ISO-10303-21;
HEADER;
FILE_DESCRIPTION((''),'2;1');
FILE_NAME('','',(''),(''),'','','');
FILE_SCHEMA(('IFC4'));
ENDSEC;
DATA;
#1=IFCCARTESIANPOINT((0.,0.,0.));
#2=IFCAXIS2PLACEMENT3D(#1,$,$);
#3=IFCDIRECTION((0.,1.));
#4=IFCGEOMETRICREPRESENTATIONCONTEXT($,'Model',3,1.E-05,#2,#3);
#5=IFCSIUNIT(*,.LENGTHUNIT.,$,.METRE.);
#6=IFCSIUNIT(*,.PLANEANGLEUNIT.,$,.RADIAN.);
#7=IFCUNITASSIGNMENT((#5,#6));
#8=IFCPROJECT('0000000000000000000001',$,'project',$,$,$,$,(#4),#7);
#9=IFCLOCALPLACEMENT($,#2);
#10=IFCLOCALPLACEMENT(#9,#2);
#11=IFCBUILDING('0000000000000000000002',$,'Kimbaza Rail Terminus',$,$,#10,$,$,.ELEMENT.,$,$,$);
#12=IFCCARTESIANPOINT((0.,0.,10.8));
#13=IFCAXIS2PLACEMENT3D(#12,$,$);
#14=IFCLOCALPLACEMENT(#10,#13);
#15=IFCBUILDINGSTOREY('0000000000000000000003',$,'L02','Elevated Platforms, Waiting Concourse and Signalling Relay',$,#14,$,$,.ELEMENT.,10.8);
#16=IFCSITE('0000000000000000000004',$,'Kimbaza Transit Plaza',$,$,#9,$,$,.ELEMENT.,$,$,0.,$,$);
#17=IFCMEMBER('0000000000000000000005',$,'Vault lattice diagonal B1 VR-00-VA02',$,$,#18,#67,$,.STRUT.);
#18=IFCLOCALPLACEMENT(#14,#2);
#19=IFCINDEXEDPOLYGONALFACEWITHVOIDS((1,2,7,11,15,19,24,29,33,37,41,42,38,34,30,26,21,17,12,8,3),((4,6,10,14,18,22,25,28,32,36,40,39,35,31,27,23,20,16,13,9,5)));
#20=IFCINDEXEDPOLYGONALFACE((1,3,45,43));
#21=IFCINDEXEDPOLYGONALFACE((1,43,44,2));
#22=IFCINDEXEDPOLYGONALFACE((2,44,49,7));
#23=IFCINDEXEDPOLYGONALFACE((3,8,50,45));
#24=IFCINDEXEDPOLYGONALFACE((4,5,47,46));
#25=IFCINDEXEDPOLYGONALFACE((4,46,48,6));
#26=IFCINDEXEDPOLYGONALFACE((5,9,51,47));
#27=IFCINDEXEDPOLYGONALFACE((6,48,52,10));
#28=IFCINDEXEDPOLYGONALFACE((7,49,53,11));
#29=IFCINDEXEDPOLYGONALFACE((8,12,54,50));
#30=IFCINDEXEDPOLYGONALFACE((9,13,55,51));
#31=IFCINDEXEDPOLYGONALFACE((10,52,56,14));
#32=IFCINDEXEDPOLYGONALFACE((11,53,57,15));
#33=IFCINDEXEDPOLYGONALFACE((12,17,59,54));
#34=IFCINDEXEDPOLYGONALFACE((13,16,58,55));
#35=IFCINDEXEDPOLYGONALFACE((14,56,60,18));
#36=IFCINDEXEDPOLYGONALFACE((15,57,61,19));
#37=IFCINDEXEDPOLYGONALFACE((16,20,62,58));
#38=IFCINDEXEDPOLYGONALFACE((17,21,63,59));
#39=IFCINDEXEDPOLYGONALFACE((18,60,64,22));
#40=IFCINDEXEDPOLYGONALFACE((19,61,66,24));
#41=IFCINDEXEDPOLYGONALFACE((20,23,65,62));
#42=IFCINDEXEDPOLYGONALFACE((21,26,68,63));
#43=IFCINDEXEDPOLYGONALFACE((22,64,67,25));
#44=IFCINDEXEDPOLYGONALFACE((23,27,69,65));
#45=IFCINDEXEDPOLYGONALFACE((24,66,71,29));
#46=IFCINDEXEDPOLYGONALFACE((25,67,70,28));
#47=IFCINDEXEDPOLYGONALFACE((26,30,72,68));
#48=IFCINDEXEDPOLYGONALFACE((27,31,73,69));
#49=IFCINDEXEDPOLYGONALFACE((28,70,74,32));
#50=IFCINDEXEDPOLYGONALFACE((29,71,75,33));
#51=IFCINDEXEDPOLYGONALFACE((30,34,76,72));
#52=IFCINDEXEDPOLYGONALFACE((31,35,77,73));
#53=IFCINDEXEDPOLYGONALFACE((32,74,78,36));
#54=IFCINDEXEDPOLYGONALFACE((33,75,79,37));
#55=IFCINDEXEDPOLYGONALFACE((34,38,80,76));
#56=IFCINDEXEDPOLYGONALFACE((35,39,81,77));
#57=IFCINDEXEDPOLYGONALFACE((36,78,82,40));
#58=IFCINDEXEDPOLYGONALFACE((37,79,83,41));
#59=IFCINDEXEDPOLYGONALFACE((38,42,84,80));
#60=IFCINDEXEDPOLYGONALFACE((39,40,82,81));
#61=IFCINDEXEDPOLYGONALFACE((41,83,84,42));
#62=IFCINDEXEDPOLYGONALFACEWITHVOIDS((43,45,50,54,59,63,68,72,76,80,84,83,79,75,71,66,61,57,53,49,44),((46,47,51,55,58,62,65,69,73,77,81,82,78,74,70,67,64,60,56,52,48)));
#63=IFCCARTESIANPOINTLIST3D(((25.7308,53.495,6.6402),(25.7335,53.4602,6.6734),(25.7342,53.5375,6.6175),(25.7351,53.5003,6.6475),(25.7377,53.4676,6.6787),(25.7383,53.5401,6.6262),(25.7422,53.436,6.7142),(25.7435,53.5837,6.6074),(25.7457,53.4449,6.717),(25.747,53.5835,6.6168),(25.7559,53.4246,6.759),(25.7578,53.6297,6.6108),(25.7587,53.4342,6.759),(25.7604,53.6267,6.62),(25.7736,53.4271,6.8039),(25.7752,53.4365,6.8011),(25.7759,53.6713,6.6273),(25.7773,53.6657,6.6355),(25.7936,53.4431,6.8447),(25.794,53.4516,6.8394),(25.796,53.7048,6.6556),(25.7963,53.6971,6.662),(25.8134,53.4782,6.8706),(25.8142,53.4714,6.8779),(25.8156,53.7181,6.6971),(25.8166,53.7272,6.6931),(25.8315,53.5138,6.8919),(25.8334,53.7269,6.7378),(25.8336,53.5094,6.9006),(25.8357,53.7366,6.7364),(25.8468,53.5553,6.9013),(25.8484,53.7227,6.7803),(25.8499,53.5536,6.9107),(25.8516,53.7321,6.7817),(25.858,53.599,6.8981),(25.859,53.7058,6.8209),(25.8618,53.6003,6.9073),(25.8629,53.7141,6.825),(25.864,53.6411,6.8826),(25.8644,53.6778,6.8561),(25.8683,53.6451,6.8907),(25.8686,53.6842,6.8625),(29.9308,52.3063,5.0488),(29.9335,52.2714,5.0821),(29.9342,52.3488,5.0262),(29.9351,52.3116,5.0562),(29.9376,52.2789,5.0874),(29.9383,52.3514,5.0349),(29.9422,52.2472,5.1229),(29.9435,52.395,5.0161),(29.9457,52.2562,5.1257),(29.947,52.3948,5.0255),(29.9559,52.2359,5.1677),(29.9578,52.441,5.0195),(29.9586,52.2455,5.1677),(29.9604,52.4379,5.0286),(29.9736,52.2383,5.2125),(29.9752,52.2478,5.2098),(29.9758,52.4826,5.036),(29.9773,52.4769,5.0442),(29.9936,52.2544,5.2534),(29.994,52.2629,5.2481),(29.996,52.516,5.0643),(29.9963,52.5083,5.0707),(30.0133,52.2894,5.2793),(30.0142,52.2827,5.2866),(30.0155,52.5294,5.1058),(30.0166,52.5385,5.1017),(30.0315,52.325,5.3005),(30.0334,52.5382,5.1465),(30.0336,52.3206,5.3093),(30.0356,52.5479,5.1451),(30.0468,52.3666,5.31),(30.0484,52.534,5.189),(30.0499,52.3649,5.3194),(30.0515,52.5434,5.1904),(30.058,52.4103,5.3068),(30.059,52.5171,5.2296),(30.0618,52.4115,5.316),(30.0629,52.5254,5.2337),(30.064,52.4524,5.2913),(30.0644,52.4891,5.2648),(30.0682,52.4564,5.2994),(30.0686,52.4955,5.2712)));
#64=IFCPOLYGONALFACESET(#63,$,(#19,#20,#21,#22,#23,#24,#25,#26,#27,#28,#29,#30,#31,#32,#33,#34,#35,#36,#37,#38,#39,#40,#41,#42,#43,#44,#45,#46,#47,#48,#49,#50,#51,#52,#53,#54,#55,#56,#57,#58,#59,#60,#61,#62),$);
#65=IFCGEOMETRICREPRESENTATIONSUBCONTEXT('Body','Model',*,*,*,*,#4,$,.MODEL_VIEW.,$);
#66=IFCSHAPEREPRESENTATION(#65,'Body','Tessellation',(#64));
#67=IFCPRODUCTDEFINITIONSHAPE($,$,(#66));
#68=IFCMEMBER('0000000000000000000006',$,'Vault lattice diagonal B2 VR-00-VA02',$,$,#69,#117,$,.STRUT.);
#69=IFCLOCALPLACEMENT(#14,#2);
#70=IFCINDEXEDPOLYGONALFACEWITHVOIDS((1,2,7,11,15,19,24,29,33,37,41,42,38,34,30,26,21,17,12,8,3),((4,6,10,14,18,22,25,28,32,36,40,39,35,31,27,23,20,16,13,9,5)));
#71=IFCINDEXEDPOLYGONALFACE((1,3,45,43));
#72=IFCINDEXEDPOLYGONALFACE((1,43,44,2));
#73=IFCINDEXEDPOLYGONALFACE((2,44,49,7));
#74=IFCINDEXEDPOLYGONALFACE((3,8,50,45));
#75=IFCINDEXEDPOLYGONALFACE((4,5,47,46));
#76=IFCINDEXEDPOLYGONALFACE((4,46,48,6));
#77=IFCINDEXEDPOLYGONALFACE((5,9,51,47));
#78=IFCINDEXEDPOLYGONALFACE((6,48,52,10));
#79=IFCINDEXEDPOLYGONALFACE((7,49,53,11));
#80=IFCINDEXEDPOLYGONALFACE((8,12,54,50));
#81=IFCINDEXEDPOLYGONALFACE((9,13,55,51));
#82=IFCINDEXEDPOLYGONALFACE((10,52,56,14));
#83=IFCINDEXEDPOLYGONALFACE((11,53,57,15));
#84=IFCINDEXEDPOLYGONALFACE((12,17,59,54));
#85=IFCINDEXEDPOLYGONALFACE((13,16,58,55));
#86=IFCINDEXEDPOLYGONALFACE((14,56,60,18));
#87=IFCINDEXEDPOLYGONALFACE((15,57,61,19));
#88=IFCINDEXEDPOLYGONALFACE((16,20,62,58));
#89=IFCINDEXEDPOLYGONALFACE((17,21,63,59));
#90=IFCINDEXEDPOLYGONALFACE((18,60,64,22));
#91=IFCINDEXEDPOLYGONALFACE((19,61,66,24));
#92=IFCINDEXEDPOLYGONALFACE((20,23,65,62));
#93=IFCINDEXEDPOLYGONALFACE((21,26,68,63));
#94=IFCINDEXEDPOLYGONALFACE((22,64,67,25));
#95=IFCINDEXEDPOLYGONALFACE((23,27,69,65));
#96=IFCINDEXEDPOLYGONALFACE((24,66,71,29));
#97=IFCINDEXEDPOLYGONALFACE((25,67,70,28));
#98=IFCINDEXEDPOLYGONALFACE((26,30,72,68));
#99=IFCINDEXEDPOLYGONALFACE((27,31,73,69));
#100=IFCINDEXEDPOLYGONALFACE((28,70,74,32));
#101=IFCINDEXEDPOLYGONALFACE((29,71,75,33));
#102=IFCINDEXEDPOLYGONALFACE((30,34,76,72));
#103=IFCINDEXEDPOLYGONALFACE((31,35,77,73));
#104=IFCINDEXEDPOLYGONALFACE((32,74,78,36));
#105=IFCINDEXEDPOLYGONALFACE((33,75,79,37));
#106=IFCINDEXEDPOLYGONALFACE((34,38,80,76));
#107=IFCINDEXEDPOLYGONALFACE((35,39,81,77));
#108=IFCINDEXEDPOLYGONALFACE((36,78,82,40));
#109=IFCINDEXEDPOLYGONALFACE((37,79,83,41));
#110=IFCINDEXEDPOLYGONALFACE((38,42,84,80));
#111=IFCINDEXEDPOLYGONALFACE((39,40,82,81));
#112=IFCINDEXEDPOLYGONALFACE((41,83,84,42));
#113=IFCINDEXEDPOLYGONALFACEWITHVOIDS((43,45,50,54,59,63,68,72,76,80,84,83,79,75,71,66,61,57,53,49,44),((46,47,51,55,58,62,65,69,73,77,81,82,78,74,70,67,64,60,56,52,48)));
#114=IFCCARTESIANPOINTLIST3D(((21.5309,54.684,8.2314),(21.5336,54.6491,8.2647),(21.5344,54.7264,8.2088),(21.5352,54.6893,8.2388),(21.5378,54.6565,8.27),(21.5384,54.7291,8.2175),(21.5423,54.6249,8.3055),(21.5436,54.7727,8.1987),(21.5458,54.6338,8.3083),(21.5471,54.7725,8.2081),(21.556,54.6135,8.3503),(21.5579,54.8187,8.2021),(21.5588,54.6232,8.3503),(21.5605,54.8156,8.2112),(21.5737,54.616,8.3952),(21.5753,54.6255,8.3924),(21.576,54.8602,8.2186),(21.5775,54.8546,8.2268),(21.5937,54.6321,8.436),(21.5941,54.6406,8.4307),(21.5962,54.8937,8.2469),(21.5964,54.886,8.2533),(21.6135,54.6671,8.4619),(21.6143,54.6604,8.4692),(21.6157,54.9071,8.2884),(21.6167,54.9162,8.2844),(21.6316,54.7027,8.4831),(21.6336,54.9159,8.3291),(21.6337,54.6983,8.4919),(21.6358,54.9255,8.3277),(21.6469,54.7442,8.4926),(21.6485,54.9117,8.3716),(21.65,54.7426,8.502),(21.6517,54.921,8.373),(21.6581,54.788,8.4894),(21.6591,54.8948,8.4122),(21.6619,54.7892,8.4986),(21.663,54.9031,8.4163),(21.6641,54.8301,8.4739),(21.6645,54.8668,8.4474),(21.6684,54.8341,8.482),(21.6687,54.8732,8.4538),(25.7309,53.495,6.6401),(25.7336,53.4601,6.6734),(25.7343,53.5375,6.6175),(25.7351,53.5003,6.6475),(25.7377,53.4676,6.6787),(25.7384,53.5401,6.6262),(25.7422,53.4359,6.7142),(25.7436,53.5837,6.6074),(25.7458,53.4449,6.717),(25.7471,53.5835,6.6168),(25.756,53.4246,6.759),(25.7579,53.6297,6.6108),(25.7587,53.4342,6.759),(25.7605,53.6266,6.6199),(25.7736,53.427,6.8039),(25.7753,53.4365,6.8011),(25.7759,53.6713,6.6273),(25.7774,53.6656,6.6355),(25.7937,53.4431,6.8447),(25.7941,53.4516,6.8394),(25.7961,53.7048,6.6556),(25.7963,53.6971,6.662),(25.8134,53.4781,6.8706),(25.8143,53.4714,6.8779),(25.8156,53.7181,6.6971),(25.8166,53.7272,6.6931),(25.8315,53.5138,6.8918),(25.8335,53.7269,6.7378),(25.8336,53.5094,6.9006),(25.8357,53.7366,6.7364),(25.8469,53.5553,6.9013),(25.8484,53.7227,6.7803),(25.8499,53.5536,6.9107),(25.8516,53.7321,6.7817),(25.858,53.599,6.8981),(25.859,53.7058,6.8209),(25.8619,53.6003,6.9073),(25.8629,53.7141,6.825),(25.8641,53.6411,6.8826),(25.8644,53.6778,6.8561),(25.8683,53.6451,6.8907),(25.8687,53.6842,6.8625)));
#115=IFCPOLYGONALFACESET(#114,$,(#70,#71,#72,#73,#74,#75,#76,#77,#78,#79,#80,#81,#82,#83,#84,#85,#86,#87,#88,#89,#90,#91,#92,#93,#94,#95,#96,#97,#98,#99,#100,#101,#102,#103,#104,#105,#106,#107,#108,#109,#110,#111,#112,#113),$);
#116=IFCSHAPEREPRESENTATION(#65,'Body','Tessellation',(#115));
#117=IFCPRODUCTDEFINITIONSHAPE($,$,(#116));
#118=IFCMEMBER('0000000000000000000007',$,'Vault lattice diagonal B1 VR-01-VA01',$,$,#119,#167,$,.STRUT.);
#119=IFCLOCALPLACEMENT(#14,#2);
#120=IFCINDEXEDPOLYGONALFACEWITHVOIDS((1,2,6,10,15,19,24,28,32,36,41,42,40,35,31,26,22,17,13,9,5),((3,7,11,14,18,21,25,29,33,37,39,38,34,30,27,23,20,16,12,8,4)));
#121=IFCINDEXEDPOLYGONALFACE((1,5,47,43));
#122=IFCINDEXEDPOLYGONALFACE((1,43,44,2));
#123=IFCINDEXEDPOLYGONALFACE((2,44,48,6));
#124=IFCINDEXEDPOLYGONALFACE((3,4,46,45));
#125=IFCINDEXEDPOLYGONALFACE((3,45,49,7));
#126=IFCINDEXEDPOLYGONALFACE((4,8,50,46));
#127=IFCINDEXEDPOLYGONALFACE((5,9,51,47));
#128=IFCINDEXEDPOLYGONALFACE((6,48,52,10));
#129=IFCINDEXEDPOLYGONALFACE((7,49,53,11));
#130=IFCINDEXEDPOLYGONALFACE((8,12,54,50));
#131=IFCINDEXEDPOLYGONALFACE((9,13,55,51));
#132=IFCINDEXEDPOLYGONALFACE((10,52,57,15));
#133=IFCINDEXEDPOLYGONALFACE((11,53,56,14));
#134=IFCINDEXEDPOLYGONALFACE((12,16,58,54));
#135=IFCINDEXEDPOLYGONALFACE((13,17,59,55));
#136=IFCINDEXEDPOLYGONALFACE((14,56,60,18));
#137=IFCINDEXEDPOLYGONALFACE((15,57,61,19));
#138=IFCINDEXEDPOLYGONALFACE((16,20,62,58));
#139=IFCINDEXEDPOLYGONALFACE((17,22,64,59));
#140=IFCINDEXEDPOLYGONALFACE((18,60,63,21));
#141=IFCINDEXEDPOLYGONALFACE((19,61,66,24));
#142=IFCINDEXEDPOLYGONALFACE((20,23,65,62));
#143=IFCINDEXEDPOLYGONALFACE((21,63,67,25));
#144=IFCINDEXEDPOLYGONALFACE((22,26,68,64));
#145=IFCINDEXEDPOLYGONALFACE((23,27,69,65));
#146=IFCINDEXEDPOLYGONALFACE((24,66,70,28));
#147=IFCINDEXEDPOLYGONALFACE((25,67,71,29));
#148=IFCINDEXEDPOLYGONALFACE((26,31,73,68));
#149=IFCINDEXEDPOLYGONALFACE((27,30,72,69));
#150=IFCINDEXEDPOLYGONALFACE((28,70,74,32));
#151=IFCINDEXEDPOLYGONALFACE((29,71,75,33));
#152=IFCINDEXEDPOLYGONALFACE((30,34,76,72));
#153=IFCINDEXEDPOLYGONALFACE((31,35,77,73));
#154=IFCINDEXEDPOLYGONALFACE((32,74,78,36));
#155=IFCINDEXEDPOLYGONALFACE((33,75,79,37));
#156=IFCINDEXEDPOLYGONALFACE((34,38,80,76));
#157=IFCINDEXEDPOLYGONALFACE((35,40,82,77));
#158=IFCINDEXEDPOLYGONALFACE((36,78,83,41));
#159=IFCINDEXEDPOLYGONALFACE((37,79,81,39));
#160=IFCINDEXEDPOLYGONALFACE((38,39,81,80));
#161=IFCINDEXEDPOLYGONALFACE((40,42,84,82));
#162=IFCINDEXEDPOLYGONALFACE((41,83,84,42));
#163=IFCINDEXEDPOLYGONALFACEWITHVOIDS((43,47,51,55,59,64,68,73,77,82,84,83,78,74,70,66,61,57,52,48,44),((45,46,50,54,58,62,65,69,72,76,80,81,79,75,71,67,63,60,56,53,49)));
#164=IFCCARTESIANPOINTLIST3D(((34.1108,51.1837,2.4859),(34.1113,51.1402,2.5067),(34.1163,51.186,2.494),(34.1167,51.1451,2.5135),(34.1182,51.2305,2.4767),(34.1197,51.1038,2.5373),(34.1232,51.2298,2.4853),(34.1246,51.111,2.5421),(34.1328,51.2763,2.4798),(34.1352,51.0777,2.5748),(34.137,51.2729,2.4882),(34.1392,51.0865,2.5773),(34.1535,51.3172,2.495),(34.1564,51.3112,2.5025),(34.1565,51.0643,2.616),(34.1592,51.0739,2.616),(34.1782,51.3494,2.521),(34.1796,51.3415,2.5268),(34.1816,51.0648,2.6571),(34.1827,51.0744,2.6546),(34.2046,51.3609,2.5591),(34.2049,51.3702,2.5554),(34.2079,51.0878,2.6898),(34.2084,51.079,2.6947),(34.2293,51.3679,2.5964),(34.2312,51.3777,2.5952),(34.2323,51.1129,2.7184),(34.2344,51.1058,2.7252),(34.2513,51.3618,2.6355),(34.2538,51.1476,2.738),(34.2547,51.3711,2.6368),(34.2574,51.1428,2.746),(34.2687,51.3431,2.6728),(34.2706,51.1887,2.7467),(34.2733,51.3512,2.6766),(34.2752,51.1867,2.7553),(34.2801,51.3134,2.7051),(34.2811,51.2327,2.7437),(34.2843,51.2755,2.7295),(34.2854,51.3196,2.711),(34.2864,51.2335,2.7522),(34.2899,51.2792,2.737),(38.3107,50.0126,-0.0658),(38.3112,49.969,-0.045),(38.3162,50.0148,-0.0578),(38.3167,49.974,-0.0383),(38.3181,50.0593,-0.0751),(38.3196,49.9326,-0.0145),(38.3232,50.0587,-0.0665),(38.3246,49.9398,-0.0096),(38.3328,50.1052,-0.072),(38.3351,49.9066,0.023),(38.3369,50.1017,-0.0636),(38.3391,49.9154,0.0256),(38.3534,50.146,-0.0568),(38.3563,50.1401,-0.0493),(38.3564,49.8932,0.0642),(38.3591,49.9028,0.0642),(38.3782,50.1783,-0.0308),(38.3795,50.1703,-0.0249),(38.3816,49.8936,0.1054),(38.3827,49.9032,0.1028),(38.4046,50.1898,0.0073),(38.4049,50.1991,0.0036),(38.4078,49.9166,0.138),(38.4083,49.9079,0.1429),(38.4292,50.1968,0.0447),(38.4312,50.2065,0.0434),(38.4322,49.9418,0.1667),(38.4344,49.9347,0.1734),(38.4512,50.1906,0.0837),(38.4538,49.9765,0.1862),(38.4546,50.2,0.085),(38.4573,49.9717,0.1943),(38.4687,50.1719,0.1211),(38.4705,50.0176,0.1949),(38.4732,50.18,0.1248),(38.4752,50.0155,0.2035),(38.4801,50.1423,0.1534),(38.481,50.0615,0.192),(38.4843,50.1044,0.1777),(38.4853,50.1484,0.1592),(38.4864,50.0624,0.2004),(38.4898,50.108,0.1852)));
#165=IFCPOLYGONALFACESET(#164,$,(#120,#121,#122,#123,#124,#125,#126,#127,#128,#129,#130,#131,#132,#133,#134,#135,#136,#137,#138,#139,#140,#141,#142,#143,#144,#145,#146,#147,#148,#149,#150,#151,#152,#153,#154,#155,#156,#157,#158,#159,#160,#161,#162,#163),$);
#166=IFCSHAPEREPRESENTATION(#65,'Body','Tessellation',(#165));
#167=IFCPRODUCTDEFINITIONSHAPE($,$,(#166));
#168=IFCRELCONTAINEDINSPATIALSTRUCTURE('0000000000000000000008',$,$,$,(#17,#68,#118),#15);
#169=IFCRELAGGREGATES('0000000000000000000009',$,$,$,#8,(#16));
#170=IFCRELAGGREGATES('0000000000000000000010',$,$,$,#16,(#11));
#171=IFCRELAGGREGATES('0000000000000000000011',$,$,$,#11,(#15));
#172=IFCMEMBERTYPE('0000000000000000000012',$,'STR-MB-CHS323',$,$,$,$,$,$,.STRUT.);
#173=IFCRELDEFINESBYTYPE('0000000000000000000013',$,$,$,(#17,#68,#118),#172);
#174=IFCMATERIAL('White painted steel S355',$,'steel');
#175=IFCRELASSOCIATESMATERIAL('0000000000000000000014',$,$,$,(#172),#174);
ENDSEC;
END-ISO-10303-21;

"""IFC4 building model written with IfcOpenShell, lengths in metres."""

from ifc_helpers import new_model, si_unit, direction, frame, origin, origin_2d, place, context, subcontext, project, spatial, hollow_circle, extrude, material, material_profile, profile_set, type_object, element, save


model = new_model("IFC4")

# Units and contexts
model_context = context("Model", 3, precision=1e-05, world=origin(), true_north=direction((0.0, 1.0)))
body_context = subcontext(model_context, "Body", "Model", "MODEL_VIEW")
ifc_project = project(units=[si_unit("LENGTHUNIT", "METRE"), si_unit("PLANEANGLEUNIT", "RADIAN")], contexts=[model_context])

# Site, building, storey
site_placement = place(None, origin())
site = spatial("IfcSite", under=ifc_project, at=site_placement, Name="Kimbaza Transit Plaza", CompositionType="ELEMENT", RefElevation=0.0)
building_placement = place(site_placement, origin())
building = spatial("IfcBuilding", under=site, at=building_placement, Name="Kimbaza Rail Terminus", CompositionType="ELEMENT")
storey_placement = place(building_placement, frame((0.0, 0.0, 10.8)))
storey = spatial("IfcBuildingStorey", under=building, at=storey_placement, Name="L02", Description="Elevated Platforms, Waiting Concourse and Signalling Relay", CompositionType="ELEMENT", Elevation=10.8)

# Members
ifc_material_1 = material(Name="White painted steel S355", Category="steel")
ifc_material_profile_1 = material_profile(ifc_material_1, hollow_circle(Radius=0.1619, WallThickness=0.01, at=origin_2d()), Name="CHS 323.9x10")
ifc_profile_set_1 = profile_set([ifc_material_profile_1], Name="White painted steel S355")
member_type_1 = type_object("IfcMemberType", Name="STR-MB-CHS323", PredefinedType="STRUT", material=ifc_profile_set_1)
for number, where, z_axis, x_axis, name in (
    (1, (30.0, 52.3916, 5.1677), (-0.904001, 0.255861, 0.342515), (-0.272334, -0.962203, 0.0), "Vault lattice diagonal B1 VR-00-VA02"),
    (2, (25.8, 53.5803, 6.759), (-0.903989, 0.25591, 0.34251), (-0.272386, -0.962188, 0.0), "Vault lattice diagonal B2 VR-00-VA02"),
):
    element("IfcMember", number, at=place(storey_placement, frame(where, z_axis=z_axis, x_axis=x_axis)), inside=storey, type_object=member_type_1, Name=name, PredefinedType="STRUT", context=body_context, shape_type="SweptSolid", body=[
        extrude(hollow_circle(Radius=0.1619, WallThickness=0.01, at=origin_2d()), origin(), (0.0, 0.0, 1.0), 4.646),
    ])
for number, where, z_axis, x_axis, name in (
    (3, (38.3999, 50.0491, 0.0642), (-0.831345, 0.231818, 0.505099), (-0.2686, -0.963252, 0.0), "Vault lattice diagonal B1 VR-01-VA01"),
):
    element("IfcMember", number, at=place(storey_placement, frame(where, z_axis=z_axis, x_axis=x_axis)), inside=storey, type_object=member_type_1, Name=name, PredefinedType="STRUT", context=body_context, shape_type="SweptSolid", body=[
        extrude(hollow_circle(Radius=0.1619, WallThickness=0.01, at=origin_2d()), origin(), (0.0, 0.0, 1.0), 5.052),
    ])

save(model, "model.ifc")
